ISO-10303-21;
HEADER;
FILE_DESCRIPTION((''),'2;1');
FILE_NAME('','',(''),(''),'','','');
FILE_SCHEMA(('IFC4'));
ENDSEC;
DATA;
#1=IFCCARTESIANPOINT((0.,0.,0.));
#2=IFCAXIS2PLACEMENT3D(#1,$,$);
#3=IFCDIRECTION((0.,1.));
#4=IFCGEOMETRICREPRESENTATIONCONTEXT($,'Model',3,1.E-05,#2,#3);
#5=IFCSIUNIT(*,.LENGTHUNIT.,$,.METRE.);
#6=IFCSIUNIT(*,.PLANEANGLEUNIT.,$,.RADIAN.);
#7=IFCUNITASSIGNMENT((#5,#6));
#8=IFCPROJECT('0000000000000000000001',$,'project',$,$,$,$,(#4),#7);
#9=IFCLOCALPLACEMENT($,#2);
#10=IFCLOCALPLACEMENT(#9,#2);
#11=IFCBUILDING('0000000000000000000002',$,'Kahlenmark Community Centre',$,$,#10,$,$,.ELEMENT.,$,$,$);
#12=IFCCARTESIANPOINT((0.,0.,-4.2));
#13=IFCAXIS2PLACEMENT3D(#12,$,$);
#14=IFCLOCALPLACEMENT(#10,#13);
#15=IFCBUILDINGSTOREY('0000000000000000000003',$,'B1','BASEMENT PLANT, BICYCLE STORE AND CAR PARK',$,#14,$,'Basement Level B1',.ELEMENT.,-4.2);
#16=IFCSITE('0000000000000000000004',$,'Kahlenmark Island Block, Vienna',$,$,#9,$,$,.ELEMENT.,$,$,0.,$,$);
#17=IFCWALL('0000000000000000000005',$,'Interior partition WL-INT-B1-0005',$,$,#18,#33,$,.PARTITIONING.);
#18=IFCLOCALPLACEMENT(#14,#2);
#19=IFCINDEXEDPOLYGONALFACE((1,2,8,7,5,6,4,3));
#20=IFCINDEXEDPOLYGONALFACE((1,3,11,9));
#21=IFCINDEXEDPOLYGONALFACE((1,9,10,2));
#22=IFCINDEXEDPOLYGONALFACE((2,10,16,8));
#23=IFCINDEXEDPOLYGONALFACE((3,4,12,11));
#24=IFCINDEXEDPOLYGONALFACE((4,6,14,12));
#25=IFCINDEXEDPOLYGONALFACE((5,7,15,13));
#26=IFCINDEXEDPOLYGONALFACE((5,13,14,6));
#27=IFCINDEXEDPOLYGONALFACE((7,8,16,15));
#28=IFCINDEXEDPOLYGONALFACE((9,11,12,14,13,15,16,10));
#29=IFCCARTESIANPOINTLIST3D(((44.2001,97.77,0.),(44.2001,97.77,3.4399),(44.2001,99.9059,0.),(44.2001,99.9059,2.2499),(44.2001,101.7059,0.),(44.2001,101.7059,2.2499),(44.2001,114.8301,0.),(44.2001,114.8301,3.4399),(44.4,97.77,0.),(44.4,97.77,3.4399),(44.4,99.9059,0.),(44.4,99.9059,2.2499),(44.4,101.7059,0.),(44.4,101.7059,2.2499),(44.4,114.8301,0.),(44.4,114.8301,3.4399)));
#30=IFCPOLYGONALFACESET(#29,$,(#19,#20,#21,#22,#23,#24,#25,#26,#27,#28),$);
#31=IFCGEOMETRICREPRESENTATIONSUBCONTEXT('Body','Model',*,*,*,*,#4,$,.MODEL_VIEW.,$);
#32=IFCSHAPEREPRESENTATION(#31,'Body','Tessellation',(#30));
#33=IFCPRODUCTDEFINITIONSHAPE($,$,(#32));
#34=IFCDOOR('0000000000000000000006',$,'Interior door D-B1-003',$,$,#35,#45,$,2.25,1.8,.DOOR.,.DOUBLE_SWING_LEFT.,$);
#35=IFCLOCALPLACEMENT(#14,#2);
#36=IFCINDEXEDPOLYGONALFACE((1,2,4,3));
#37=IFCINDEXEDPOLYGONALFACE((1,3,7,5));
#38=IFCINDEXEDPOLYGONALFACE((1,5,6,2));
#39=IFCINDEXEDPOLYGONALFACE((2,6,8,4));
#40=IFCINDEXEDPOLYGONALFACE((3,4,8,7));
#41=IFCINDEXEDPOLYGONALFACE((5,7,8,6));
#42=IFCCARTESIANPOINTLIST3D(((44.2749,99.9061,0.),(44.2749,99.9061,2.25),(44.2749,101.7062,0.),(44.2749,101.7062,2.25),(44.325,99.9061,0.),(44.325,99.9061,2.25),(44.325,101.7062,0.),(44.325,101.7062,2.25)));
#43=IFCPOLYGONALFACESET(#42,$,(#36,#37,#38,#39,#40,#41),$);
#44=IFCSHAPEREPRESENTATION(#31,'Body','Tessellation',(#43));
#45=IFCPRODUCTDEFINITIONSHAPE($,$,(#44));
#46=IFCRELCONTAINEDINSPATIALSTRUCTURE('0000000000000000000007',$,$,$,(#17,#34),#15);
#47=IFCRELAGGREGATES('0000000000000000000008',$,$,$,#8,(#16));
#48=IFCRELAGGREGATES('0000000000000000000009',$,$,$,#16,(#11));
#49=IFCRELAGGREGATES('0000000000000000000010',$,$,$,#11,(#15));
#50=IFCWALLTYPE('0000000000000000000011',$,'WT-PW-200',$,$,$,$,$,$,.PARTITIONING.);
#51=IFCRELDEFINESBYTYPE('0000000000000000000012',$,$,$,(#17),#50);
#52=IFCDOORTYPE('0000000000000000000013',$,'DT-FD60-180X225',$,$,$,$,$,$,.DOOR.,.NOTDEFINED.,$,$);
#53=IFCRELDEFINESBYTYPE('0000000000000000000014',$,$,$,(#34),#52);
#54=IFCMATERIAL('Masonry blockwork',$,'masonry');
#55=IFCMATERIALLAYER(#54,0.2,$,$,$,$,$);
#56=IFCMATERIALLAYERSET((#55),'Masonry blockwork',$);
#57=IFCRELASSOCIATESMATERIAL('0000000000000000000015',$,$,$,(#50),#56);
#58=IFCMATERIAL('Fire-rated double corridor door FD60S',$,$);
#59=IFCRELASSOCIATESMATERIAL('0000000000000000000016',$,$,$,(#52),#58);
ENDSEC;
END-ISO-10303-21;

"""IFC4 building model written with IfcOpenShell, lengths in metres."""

from ifc_helpers import new_model, si_unit, direction, frame, frame_2d, origin, place, context, subcontext, project, spatial, rectangle, extrude, material, layer, layer_set, type_object, element, fill, save


model = new_model("IFC4")

# Units and contexts
model_context = context("Model", 3, precision=1e-05, world=origin(), true_north=direction((0.0, 1.0)))
body_context = subcontext(model_context, "Body", "Model", "MODEL_VIEW")
ifc_project = project(units=[si_unit("LENGTHUNIT", "METRE"), si_unit("PLANEANGLEUNIT", "RADIAN")], contexts=[model_context])

# Site, building, storey
site_placement = place(None, origin())
site = spatial("IfcSite", under=ifc_project, at=site_placement, Name="Kahlenmark Island Block, Vienna", CompositionType="ELEMENT", RefElevation=0.0)
building_placement = place(site_placement, origin())
building = spatial("IfcBuilding", under=site, at=building_placement, Name="Kahlenmark Community Centre", CompositionType="ELEMENT")
storey_placement = place(building_placement, frame((0.0, 0.0, -4.2)))
storey = spatial("IfcBuildingStorey", under=building, at=storey_placement, Name="B1", Description="BASEMENT PLANT, BICYCLE STORE AND CAR PARK", LongName="Basement Level B1", CompositionType="ELEMENT", Elevation=-4.2)

# Wall, opening, door
ifc_material_1 = material(Name="Masonry blockwork", Category="masonry")
ifc_layer_1 = layer(ifc_material_1, 0.2)
ifc_layer_set_1 = layer_set([ifc_layer_1], Name="Masonry blockwork")
wall_type_1 = type_object("IfcWallType", Name="WT-PW-200", PredefinedType="PARTITIONING", material=ifc_layer_set_1)
wall_1_placement = place(storey_placement, frame((44.3, 97.77, 0.0), z_axis=(0.0, 0.0, 1.0), x_axis=(0.0, 1.0, 0.0)))
wall_1 = element("IfcWall", 1, at=wall_1_placement, inside=storey, type_object=wall_type_1, Name="Interior partition WL-INT-B1-0005", PredefinedType="PARTITIONING", context=body_context, shape_type="SweptSolid", body=[
    extrude(rectangle(XDim=17.0601, YDim=0.2, at=frame_2d((8.53, 0.0))), origin(), (0.0, 0.0, 1.0), 3.4399),
])
opening_placement = place(wall_1_placement, frame((2.136, 0.0, -0.01)))
opening = element("IfcOpeningElement", 2, at=opening_placement, cuts=wall_1, PredefinedType="OPENING", context=body_context, shape_type="SweptSolid", body=[
    extrude(rectangle(XDim=1.8, YDim=2.26, at=frame_2d((0.8999, 1.1299))), frame((0.0, 0.1099, 0.0), z_axis=(0.0, -1.0, 0.0), x_axis=(1.0, 0.0, 0.0)), (0.0, 0.0, 1.0), 0.22),
])
ifc_material_2 = material(Name="Fire-rated double corridor door FD60S")
door_type = type_object("IfcDoorType", Name="DT-FD60-180X225", OperationType="NOTDEFINED", PredefinedType="DOOR", material=ifc_material_2)
door_placement = place(opening_placement, frame((1.8, 0.0, 0.01), z_axis=(0.0, 0.0, 1.0), x_axis=(-1.0, 0.0, 0.0)))
door = element("IfcDoor", 3, at=door_placement, inside=storey, type_object=door_type, Name="Interior door D-B1-003", OperationType="DOUBLE_SWING_LEFT", OverallHeight=2.25, OverallWidth=1.8, PredefinedType="DOOR", context=body_context, shape_type="SweptSolid", body=[
    extrude(rectangle(XDim=1.8, YDim=2.25, at=frame_2d((0.8999, 1.125))), frame((0.0, 0.0249, 0.0), z_axis=(0.0, -1.0, 0.0), x_axis=(1.0, 0.0, 0.0)), (0.0, 0.0, 1.0), 0.05),
])
fill(opening, door)

save(model, "model.ifc")
